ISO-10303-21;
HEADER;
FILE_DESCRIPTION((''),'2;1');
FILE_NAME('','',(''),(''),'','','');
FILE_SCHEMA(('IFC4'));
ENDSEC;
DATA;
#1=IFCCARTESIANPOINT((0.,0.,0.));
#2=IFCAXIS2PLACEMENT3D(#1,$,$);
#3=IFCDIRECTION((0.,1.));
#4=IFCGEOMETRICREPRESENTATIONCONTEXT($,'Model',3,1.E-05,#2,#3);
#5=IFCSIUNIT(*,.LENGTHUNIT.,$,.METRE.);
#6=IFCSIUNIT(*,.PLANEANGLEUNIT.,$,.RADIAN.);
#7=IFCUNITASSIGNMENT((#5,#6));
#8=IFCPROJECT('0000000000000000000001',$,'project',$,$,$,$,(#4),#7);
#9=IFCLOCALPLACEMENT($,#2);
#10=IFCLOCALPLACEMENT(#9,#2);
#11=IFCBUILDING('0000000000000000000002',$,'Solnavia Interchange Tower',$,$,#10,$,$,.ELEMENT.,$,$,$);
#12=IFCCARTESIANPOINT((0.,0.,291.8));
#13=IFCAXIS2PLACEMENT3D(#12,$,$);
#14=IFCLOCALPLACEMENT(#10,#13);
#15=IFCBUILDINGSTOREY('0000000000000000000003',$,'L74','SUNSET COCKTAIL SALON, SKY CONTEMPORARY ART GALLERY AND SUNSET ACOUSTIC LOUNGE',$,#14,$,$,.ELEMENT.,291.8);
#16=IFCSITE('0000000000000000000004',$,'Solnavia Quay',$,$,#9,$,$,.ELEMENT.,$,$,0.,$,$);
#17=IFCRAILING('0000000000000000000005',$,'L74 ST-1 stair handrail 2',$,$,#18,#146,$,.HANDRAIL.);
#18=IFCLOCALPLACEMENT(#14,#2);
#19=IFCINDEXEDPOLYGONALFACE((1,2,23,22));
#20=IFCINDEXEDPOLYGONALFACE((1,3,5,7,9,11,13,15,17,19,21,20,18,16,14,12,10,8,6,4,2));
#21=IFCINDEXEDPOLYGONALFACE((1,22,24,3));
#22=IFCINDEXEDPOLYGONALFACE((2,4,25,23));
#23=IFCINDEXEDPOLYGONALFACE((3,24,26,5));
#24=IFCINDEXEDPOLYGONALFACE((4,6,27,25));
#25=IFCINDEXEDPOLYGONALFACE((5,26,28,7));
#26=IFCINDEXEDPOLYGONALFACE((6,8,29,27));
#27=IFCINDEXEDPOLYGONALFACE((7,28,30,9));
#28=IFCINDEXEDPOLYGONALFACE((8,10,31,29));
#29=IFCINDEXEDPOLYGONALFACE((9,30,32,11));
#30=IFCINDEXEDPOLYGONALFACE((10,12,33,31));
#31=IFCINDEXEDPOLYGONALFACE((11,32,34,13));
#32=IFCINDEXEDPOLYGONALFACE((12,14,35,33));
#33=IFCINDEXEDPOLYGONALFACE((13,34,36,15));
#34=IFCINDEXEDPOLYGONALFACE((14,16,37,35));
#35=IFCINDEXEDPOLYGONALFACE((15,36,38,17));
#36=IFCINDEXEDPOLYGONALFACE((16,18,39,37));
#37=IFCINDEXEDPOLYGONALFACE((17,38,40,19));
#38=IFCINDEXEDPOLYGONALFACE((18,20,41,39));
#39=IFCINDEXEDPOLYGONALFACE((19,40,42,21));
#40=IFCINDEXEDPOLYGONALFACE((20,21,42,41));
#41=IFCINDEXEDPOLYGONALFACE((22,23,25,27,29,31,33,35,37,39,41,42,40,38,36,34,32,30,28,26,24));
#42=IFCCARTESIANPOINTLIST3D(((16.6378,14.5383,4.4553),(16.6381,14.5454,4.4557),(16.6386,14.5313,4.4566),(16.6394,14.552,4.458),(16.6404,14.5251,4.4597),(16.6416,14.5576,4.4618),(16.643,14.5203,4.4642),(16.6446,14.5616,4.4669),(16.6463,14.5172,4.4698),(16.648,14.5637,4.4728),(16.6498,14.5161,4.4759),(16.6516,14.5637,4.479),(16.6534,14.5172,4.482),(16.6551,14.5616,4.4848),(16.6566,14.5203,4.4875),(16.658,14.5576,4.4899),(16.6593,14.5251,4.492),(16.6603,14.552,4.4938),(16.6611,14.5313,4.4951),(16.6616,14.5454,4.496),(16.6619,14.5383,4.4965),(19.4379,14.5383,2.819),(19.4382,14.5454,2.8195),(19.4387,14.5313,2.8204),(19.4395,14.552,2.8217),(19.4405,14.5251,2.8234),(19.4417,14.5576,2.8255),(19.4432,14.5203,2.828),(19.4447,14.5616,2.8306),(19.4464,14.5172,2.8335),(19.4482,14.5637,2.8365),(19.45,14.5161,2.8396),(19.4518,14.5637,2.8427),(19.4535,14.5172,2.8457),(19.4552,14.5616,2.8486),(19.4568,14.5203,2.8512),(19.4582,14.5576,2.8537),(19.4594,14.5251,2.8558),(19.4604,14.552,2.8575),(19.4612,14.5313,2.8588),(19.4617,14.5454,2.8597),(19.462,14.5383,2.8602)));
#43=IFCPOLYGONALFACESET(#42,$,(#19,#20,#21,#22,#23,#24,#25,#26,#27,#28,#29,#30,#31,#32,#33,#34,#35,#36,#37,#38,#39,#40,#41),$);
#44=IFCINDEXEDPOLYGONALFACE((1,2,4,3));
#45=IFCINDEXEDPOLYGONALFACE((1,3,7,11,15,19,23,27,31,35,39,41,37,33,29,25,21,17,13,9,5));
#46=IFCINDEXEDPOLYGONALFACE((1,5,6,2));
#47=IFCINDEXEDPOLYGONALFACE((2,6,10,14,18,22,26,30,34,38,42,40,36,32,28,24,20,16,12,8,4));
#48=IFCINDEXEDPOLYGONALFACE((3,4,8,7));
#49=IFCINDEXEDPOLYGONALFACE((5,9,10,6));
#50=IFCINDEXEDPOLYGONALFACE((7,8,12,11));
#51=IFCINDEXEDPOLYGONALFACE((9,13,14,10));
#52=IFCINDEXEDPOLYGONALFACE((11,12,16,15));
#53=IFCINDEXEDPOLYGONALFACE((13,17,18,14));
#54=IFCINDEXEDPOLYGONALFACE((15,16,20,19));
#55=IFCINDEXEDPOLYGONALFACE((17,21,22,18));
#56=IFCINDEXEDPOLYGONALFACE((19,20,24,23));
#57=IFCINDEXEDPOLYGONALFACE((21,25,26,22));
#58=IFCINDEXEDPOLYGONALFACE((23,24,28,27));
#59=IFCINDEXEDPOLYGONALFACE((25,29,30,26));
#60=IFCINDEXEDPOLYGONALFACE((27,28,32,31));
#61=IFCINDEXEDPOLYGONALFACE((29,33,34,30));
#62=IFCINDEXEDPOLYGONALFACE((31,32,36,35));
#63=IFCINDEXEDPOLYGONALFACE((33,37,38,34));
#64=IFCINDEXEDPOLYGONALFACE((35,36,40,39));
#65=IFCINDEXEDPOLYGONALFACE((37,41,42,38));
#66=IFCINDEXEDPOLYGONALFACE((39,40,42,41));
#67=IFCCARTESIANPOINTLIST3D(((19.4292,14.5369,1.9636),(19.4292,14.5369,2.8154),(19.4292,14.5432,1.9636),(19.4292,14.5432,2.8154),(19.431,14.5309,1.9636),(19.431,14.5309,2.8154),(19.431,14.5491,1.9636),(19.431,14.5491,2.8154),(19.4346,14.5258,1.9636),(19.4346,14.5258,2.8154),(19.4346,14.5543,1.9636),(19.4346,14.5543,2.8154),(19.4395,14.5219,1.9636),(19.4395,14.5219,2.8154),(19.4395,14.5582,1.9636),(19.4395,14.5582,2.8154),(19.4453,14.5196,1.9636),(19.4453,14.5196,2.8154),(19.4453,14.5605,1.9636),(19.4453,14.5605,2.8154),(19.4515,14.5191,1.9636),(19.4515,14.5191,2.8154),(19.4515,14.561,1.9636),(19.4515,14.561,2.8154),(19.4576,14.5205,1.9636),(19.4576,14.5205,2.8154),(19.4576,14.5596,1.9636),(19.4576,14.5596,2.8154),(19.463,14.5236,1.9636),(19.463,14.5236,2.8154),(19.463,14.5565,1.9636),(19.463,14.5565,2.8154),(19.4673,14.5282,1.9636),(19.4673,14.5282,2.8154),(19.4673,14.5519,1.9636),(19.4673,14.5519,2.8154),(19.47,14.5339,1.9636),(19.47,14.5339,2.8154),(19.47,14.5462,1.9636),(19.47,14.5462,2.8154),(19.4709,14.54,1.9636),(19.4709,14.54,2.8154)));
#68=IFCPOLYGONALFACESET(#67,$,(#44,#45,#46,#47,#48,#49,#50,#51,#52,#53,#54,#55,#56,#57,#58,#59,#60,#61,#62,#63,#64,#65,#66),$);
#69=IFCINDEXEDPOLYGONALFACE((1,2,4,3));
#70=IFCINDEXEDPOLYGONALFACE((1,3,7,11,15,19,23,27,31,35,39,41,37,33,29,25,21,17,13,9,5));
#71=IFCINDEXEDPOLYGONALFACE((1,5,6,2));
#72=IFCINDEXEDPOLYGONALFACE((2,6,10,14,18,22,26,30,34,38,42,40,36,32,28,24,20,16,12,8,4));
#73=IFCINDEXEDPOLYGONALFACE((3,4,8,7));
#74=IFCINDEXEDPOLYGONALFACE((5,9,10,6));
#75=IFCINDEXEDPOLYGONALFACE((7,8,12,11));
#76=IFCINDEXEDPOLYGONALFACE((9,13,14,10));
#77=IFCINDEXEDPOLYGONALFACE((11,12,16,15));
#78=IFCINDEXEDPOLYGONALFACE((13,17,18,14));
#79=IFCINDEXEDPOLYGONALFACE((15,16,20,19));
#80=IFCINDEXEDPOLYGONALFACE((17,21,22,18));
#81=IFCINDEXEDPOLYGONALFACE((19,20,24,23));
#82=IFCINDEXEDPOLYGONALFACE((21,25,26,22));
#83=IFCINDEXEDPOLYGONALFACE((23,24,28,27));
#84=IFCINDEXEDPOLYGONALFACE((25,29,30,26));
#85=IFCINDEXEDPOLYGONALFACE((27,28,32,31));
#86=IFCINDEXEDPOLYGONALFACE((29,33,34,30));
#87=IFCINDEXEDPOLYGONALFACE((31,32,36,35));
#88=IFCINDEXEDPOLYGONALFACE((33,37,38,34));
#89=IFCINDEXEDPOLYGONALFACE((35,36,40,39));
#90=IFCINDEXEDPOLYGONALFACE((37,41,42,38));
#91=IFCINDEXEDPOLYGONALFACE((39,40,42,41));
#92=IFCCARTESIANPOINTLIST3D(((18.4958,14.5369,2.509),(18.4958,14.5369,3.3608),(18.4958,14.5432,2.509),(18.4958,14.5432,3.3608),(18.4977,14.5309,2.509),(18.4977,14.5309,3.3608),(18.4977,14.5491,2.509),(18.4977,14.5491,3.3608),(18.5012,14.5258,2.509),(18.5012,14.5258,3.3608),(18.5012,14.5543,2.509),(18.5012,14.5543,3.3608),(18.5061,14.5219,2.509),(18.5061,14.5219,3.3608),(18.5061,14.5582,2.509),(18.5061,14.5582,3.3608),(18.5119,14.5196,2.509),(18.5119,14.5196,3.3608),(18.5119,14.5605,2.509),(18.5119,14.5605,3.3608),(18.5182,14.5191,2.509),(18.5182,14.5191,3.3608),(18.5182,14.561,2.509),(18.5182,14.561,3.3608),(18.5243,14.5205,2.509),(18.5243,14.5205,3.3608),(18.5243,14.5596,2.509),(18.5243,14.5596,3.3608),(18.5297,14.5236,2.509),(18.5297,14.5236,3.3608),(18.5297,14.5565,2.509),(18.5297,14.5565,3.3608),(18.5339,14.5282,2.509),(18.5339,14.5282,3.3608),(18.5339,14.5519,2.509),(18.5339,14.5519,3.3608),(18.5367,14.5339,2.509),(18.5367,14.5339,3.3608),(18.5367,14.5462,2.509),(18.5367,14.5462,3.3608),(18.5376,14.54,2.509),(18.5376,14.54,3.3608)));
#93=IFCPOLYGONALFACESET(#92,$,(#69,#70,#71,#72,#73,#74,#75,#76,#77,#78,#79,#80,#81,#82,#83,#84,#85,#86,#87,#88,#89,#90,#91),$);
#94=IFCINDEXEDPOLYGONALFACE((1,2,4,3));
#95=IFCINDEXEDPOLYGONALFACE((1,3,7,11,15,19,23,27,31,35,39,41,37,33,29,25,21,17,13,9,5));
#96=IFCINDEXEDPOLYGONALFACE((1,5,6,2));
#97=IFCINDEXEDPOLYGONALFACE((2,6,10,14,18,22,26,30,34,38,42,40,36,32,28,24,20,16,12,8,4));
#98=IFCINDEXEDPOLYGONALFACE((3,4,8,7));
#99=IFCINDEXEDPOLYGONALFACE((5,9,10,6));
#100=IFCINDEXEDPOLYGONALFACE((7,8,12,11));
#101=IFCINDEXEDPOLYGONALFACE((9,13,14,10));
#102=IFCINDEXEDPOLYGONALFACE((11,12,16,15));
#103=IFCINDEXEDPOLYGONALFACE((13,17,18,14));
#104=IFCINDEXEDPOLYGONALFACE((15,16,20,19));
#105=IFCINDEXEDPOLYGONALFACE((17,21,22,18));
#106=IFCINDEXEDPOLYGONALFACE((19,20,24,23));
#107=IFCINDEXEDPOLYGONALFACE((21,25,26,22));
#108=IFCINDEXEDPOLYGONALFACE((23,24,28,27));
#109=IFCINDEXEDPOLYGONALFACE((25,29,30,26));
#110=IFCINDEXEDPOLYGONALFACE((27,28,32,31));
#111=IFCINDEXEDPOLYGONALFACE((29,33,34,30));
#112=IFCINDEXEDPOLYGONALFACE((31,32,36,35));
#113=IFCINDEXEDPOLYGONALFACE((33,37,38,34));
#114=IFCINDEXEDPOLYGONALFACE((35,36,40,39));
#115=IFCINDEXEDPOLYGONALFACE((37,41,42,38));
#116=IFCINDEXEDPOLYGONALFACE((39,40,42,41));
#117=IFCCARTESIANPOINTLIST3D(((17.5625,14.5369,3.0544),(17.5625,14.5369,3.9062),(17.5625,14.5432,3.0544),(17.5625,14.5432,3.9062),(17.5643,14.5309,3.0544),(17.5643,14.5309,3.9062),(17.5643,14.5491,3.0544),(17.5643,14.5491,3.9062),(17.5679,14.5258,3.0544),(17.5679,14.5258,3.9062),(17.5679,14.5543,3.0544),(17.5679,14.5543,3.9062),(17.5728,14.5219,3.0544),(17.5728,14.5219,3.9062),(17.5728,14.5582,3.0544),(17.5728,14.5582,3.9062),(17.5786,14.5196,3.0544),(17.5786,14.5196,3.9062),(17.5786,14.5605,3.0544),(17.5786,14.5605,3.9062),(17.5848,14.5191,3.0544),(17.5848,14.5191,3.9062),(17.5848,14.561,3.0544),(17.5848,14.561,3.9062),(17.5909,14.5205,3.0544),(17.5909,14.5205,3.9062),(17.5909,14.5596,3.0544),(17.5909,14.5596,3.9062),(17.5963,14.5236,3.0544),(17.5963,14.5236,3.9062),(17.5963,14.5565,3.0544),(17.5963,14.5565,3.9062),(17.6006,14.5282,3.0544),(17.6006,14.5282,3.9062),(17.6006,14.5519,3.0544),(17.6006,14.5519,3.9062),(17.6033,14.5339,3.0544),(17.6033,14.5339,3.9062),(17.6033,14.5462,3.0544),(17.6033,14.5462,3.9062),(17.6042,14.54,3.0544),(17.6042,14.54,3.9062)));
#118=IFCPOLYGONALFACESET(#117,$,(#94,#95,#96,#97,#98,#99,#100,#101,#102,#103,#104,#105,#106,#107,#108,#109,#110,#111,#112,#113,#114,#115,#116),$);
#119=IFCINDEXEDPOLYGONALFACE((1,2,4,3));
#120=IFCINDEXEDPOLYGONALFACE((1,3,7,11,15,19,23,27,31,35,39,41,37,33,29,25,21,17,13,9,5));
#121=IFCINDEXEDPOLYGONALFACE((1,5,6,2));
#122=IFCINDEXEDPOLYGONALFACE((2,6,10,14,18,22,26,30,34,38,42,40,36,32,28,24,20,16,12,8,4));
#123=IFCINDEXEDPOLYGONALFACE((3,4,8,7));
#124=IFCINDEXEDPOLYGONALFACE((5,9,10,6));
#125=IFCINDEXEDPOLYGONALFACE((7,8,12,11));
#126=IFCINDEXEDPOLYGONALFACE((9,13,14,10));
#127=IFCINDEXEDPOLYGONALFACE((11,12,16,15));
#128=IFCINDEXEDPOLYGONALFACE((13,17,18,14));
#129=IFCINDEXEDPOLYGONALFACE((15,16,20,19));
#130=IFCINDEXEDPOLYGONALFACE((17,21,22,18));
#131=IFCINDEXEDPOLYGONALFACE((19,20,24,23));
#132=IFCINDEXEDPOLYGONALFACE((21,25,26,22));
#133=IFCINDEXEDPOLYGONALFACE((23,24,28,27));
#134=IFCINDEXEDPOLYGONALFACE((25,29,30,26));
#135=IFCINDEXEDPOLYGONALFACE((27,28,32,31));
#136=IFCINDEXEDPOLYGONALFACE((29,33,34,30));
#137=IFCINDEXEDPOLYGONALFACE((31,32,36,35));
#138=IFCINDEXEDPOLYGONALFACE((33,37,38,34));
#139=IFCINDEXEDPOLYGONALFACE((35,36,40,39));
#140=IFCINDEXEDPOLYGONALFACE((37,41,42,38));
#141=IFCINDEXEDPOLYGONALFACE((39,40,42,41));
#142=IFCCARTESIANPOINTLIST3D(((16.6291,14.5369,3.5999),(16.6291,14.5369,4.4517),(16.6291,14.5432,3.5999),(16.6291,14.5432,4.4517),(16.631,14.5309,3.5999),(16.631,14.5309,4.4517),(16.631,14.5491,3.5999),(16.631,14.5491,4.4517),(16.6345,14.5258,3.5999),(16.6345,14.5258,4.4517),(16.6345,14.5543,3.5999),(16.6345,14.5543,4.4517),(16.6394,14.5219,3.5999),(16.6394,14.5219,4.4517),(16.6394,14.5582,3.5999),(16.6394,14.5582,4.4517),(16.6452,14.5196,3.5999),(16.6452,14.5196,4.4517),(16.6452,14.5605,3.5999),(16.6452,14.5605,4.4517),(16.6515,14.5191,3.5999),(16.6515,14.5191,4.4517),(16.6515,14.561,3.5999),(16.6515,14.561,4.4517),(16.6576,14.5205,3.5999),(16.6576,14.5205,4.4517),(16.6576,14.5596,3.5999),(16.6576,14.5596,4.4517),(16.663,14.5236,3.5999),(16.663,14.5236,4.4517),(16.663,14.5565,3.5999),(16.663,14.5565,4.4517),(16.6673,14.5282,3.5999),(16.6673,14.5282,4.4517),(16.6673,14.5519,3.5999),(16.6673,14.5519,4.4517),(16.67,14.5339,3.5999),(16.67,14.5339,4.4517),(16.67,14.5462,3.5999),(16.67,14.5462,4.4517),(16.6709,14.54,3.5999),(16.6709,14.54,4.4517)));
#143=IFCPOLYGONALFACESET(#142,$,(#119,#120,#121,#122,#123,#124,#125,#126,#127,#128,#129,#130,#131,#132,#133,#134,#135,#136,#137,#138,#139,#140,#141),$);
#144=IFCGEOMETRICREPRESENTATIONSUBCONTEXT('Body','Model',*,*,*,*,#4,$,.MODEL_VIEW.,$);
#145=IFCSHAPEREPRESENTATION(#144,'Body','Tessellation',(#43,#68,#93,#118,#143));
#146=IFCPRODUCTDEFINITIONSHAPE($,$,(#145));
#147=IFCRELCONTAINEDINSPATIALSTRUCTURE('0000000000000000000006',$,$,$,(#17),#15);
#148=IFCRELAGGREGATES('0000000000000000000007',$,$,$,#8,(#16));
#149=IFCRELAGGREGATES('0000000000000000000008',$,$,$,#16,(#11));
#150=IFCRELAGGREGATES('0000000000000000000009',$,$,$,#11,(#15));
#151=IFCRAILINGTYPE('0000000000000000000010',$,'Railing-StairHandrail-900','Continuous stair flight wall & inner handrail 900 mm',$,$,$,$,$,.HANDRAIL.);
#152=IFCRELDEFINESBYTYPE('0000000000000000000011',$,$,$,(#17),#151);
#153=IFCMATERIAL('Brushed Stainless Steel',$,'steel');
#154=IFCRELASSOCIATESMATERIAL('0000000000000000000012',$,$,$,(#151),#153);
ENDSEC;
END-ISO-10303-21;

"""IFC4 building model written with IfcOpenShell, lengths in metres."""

from ifc_helpers import new_model, si_unit, direction, frame, origin, origin_2d, place, context, subcontext, project, spatial, circle, extrude, material, type_object, element, save


model = new_model("IFC4")

# Units and contexts
model_context = context("Model", 3, precision=1e-05, world=origin(), true_north=direction((0.0, 1.0)))
body_context = subcontext(model_context, "Body", "Model", "MODEL_VIEW")
ifc_project = project(units=[si_unit("LENGTHUNIT", "METRE"), si_unit("PLANEANGLEUNIT", "RADIAN")], contexts=[model_context])

# Site, building, storey
site_placement = place(None, origin())
site = spatial("IfcSite", under=ifc_project, at=site_placement, Name="Solnavia Quay", CompositionType="ELEMENT", RefElevation=0.0)
building_placement = place(site_placement, origin())
building = spatial("IfcBuilding", under=site, at=building_placement, Name="Solnavia Interchange Tower", CompositionType="ELEMENT")
storey_placement = place(building_placement, frame((0.0, 0.0, 291.8)))
storey = spatial("IfcBuildingStorey", under=building, at=storey_placement, Name="L74", Description="SUNSET COCKTAIL SALON, SKY CONTEMPORARY ART GALLERY AND SUNSET ACOUSTIC LOUNGE", CompositionType="ELEMENT", Elevation=291.8)

# Railing
ifc_material_1 = material(Name="Brushed Stainless Steel", Category="steel")
railing_type_1 = type_object("IfcRailingType", Name="Railing-StairHandrail-900", Description="Continuous stair flight wall & inner handrail 900 mm", PredefinedType="HANDRAIL", material=ifc_material_1)
railing_1_placement = place(storey_placement, frame((19.45, 14.54, 1.9636)))
element("IfcRailing", 1, at=railing_1_placement, inside=storey, type_object=railing_type_1, Name="L74 ST-1 stair handrail 2", PredefinedType="HANDRAIL", context=body_context, shape_type="SweptSolid", body=[
    extrude(circle(Radius=0.0239, at=origin_2d()), frame((0.0, 0.0, 0.876), z_axis=(-0.863394, 0.0, 0.504531), x_axis=(0.0, -1.0, 0.0)), (0.0, 0.0, 1.0), 3.2432),
    extrude(circle(Radius=0.021, at=origin_2d()), origin(), (0.0, 0.0, 1.0), 0.8518),
    extrude(circle(Radius=0.021, at=origin_2d()), frame((-0.9333, 0.0, 0.5454)), (0.0, 0.0, 1.0), 0.8518),
    extrude(circle(Radius=0.021, at=origin_2d()), frame((-1.8667, 0.0, 1.0908)), (0.0, 0.0, 1.0), 0.8518),
    extrude(circle(Radius=0.021, at=origin_2d()), frame((-2.8, 0.0, 1.6362)), (0.0, 0.0, 1.0), 0.8518),
])

save(model, "model.ifc")
